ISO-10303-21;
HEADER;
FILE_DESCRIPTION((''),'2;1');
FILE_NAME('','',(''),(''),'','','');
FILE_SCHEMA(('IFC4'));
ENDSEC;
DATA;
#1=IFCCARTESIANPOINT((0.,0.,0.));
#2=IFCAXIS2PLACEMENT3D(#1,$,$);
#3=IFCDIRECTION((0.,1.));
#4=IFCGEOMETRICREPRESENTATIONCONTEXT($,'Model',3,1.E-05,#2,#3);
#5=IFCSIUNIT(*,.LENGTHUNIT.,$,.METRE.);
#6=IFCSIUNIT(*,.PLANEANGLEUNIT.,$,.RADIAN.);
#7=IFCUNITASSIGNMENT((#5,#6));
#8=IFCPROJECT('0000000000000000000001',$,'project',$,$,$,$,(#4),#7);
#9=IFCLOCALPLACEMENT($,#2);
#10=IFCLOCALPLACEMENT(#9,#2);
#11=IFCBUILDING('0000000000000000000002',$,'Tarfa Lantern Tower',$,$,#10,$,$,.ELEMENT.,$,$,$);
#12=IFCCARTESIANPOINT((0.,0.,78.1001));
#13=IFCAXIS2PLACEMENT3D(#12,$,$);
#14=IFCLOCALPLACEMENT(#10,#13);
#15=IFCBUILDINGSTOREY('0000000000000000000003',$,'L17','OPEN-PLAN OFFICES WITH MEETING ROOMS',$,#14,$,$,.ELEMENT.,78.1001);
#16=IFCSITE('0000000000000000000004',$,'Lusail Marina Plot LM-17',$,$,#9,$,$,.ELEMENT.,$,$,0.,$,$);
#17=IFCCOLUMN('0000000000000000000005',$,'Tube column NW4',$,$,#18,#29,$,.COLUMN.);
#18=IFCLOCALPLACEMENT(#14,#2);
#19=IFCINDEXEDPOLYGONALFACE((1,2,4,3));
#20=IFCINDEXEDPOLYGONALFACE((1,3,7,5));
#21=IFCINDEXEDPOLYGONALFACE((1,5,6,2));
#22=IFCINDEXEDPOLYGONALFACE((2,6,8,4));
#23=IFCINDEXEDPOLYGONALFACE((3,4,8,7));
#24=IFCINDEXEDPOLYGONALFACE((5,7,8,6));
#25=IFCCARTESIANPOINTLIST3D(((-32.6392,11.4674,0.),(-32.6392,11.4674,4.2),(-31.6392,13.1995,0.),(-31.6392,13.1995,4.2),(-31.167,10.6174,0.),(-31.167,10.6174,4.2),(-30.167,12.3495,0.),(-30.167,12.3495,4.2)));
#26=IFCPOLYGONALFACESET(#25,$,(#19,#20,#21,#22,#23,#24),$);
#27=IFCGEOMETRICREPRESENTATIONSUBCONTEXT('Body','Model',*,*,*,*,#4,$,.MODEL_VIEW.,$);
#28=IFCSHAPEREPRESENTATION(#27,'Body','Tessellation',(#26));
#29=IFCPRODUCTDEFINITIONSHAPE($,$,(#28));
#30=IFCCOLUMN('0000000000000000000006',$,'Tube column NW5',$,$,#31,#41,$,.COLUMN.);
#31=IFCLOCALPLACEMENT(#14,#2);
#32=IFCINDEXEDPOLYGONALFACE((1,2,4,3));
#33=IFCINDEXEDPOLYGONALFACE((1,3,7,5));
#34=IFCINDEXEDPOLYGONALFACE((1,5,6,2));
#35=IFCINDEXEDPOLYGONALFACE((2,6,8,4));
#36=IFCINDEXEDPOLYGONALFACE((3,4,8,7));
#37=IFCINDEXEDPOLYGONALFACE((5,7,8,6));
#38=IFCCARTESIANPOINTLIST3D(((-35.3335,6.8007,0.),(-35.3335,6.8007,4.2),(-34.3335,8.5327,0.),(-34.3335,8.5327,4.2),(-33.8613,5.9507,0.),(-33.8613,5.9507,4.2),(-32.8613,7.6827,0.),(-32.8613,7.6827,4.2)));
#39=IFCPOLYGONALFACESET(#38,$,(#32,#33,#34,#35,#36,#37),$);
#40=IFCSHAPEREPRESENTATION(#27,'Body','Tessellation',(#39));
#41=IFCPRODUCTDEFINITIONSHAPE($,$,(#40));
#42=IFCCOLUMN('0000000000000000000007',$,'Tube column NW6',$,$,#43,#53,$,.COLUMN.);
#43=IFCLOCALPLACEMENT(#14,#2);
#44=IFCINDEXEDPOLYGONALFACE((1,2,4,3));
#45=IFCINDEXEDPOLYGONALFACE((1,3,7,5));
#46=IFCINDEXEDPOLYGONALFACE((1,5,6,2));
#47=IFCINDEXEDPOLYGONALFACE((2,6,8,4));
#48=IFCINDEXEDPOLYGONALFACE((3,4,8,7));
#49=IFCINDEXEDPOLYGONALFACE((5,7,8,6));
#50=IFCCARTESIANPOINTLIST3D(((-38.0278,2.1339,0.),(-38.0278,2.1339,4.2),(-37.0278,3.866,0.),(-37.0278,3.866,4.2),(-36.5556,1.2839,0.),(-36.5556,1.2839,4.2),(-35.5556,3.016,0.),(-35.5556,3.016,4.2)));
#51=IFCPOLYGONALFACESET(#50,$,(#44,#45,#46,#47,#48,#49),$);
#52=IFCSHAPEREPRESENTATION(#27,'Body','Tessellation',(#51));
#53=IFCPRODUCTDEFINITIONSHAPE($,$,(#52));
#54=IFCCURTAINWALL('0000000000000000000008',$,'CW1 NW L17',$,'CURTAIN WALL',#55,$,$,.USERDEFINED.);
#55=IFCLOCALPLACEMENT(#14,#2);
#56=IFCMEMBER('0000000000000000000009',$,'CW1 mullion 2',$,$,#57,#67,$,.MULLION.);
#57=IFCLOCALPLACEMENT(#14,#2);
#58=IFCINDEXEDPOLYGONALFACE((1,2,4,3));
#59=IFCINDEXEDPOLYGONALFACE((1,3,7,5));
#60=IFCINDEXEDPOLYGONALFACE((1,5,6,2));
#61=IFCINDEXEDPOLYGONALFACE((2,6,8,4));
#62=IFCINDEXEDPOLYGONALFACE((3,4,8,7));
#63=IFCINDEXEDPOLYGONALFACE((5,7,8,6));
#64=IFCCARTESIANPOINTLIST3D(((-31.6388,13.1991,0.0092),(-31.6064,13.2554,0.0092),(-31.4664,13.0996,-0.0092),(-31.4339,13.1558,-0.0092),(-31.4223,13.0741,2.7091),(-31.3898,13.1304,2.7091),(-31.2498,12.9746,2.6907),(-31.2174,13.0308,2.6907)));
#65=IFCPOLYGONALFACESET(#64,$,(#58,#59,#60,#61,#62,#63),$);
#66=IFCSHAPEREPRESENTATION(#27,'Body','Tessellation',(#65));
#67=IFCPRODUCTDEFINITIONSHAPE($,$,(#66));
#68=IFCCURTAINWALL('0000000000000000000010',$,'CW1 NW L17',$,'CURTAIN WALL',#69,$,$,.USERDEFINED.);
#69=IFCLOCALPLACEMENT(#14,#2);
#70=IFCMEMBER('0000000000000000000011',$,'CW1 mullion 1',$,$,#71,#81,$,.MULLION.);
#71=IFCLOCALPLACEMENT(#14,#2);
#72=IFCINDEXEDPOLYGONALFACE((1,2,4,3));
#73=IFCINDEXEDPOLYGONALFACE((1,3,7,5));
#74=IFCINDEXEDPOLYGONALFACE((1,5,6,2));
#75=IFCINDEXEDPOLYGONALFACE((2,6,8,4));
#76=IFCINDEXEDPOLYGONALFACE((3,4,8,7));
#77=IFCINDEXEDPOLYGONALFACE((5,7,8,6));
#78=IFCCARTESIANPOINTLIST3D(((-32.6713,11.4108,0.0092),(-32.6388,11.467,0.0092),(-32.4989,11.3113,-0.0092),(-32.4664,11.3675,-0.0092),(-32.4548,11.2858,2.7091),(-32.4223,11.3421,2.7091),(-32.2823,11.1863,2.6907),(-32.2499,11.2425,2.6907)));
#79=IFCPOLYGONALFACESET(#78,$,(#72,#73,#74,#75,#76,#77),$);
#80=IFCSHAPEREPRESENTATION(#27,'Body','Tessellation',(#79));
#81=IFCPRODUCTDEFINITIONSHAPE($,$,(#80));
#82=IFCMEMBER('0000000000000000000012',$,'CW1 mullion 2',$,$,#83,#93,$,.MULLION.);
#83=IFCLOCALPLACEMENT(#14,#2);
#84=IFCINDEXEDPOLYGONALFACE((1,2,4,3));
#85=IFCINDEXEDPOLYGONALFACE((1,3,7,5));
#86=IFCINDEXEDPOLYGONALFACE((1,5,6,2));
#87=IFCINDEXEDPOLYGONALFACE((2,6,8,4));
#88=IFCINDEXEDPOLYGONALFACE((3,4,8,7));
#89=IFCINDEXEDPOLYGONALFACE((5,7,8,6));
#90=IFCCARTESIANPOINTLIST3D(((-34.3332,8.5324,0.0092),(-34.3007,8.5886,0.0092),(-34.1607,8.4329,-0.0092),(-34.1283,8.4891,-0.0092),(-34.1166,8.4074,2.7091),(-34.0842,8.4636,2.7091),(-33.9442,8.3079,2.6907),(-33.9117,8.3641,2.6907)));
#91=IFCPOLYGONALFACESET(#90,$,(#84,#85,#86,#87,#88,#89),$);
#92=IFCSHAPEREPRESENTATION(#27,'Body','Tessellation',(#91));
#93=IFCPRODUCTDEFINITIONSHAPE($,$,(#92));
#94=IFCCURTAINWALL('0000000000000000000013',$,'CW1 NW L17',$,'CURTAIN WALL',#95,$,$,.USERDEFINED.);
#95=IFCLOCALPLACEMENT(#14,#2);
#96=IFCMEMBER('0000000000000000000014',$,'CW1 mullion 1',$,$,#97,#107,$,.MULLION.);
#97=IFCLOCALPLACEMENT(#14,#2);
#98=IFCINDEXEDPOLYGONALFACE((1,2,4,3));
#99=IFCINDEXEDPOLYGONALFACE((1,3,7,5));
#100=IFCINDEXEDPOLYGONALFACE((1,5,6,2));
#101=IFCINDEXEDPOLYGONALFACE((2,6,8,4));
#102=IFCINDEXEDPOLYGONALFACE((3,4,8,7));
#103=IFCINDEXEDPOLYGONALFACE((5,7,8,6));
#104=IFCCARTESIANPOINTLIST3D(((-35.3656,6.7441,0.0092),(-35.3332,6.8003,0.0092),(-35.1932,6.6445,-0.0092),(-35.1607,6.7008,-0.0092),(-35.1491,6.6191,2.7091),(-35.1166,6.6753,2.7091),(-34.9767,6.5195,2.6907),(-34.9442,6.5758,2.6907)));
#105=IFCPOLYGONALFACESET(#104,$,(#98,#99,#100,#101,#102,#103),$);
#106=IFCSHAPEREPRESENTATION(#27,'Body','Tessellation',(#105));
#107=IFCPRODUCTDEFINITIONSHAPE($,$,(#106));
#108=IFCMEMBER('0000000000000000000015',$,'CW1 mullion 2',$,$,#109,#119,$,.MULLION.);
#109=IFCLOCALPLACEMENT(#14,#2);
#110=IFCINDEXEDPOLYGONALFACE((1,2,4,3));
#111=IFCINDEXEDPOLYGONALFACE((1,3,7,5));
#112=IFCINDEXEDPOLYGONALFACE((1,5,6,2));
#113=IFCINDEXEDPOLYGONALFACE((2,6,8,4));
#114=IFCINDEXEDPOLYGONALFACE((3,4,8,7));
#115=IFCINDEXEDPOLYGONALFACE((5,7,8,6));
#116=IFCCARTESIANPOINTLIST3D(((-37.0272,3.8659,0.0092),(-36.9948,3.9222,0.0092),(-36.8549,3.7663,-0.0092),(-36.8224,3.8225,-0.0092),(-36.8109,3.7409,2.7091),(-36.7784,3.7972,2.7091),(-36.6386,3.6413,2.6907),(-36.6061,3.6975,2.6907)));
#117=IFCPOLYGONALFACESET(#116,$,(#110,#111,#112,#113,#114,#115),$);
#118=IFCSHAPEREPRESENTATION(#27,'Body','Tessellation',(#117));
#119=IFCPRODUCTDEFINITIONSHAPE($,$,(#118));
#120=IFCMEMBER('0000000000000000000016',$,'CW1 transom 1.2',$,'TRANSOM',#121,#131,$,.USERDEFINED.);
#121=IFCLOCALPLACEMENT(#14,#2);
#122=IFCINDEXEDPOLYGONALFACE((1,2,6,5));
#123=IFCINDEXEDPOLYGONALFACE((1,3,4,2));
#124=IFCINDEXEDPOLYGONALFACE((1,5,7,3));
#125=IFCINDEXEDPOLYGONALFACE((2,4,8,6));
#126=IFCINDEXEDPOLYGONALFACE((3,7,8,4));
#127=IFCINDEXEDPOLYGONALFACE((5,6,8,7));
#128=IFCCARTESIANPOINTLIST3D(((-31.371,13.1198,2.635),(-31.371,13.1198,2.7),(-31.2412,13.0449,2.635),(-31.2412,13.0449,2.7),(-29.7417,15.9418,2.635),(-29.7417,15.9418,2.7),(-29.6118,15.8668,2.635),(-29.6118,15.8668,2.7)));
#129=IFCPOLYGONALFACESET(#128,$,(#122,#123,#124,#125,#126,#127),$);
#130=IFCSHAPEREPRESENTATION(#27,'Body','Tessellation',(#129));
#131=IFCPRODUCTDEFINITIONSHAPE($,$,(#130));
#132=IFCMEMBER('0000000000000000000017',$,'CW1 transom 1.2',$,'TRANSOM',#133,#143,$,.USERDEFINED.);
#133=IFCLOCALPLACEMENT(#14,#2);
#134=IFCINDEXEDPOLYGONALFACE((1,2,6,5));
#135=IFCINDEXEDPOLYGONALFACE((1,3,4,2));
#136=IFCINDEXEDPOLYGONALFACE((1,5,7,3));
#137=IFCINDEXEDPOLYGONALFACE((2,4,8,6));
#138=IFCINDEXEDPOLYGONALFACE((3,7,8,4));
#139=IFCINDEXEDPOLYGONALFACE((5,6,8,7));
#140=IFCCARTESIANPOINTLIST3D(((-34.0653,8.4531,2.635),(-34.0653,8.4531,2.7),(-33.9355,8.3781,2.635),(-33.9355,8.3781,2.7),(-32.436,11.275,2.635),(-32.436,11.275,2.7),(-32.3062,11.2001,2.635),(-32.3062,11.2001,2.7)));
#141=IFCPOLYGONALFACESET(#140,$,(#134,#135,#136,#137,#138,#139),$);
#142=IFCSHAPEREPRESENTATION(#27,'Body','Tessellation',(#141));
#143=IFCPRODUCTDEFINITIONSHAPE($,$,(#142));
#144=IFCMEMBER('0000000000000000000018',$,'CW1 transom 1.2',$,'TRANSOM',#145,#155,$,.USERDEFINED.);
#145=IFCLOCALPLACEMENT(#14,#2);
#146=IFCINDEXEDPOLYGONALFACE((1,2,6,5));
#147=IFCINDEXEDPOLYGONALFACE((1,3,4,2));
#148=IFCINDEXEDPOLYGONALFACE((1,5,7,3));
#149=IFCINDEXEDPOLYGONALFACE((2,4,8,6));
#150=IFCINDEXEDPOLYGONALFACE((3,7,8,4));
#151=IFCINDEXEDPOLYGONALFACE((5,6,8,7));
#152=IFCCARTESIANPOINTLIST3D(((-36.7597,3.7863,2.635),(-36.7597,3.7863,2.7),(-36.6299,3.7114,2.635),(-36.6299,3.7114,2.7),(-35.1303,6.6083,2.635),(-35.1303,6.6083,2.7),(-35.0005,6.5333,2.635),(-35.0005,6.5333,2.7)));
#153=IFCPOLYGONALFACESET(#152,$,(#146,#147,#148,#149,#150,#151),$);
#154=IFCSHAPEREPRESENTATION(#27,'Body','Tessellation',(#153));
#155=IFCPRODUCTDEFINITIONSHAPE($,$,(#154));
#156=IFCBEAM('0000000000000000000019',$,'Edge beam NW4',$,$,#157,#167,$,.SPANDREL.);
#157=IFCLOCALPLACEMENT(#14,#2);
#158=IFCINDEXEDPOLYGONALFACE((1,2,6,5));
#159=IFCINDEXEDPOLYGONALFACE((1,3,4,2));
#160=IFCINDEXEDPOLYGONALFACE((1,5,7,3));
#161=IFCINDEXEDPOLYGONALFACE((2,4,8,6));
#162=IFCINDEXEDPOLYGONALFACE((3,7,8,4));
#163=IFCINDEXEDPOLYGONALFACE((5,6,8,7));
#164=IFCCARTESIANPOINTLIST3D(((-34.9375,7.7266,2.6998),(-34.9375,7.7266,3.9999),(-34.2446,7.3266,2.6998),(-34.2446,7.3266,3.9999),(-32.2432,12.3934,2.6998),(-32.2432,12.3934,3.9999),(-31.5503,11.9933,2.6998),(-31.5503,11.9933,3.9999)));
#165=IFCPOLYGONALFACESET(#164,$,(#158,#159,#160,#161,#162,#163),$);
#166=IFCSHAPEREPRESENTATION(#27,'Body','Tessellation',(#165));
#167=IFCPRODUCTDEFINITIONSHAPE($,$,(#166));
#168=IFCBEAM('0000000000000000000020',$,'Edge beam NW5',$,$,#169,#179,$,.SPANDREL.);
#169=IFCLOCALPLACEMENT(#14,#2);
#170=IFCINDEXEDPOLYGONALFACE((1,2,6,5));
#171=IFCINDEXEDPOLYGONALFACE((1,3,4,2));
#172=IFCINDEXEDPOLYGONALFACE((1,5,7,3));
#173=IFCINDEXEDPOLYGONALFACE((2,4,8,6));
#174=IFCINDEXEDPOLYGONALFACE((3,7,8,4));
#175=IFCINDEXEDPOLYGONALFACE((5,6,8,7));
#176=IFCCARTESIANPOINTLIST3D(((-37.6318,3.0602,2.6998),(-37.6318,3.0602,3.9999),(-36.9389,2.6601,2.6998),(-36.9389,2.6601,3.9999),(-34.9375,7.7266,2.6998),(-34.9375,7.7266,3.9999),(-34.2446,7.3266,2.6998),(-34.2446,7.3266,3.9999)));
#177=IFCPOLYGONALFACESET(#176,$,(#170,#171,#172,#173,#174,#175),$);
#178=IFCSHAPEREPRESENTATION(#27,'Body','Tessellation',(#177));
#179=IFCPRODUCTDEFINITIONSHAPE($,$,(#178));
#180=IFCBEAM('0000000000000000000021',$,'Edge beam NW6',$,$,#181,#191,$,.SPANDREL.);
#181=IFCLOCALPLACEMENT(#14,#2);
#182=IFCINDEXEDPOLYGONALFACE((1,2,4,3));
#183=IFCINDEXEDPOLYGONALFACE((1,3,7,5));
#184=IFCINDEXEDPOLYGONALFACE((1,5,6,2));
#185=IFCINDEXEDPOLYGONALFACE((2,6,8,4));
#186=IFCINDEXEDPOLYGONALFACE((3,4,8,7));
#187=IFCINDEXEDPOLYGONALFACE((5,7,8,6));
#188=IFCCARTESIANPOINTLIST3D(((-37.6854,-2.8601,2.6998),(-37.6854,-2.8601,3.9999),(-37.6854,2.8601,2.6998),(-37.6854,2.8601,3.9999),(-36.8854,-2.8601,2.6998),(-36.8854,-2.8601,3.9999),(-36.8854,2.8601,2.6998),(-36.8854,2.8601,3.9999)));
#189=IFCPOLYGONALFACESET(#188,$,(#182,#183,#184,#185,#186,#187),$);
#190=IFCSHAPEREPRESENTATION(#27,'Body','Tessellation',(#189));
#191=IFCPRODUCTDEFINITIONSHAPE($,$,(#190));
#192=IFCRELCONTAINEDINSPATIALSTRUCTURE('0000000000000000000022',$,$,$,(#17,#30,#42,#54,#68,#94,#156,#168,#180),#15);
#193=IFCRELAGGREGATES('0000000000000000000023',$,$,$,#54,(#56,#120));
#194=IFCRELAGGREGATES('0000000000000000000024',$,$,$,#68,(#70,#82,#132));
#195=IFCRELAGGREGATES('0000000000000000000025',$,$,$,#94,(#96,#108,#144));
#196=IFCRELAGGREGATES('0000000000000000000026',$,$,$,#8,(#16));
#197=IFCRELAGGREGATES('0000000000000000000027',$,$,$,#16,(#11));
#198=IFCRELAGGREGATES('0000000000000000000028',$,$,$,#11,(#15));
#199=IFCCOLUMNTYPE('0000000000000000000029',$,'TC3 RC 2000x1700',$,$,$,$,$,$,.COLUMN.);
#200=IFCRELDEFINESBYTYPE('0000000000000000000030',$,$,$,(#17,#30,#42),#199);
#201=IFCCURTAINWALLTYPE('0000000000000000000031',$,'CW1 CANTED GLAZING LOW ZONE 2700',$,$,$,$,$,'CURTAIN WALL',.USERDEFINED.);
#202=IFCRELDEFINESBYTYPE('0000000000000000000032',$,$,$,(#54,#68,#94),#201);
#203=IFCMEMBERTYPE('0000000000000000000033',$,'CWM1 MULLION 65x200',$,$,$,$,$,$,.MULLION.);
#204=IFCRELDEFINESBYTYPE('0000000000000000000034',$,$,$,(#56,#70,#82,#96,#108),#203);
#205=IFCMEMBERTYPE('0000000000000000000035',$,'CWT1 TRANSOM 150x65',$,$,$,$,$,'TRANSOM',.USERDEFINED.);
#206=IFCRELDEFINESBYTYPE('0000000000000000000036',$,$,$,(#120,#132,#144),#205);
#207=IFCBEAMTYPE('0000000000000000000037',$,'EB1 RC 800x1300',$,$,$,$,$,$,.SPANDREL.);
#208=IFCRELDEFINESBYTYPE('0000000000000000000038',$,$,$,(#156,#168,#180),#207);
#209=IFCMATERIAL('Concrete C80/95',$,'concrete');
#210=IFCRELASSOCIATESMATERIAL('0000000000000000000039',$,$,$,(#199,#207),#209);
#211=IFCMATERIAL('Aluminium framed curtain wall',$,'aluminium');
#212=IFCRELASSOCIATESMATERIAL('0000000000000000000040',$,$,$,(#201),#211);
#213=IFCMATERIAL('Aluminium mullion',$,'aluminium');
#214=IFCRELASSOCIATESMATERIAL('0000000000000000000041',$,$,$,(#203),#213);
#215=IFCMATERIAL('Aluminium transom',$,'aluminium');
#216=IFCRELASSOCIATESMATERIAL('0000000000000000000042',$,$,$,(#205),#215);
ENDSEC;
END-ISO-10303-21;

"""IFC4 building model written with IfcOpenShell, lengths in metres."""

from ifc_helpers import new_model, si_unit, direction, frame, origin, origin_2d, place, context, subcontext, project, spatial, rectangle, extrude, material, material_profile, profile_set, type_object, element, aggregate, save


model = new_model("IFC4")

# Units and contexts
model_context = context("Model", 3, precision=1e-05, world=origin(), true_north=direction((0.0, 1.0)))
body_context = subcontext(model_context, "Body", "Model", "MODEL_VIEW")
ifc_project = project(units=[si_unit("LENGTHUNIT", "METRE"), si_unit("PLANEANGLEUNIT", "RADIAN")], contexts=[model_context])

# Site, building, storey
site_placement = place(None, origin())
site = spatial("IfcSite", under=ifc_project, at=site_placement, Name="Lusail Marina Plot LM-17", CompositionType="ELEMENT", RefElevation=0.0)
building_placement = place(site_placement, origin())
building = spatial("IfcBuilding", under=site, at=building_placement, Name="Tarfa Lantern Tower", CompositionType="ELEMENT")
storey_placement = place(building_placement, frame((0.0, 0.0, 78.1001)))
storey = spatial("IfcBuildingStorey", under=building, at=storey_placement, Name="L17", Description="OPEN-PLAN OFFICES WITH MEETING ROOMS", CompositionType="ELEMENT", Elevation=78.1001)

# Columns
ifc_material_1 = material(Name="Concrete C80/95", Category="concrete")
ifc_material_profile_1 = material_profile(ifc_material_1, rectangle(XDim=2.0, YDim=1.7, at=origin_2d()), Name="RC 2000x1700")
ifc_profile_set_1 = profile_set([ifc_material_profile_1], Name="Concrete C80/95")
column_type = type_object("IfcColumnType", Name="TC3 RC 2000x1700", PredefinedType="COLUMN", material=ifc_profile_set_1)
for number, where, z_axis, x_axis, name in (
    (1, (-31.4031, 11.9084, 0.0), (0.0, 0.0, 1.0), (-0.5, -0.866025, 0.0), "Tube column NW4"),
    (2, (-34.0974, 7.2417, 0.0), (0.0, 0.0, 1.0), (-0.5, -0.866025, 0.0), "Tube column NW5"),
    (3, (-36.7917, 2.575, 0.0), (0.0, 0.0, 1.0), (-0.5, -0.866025, 0.0), "Tube column NW6"),
):
    element("IfcColumn", number, at=place(storey_placement, frame(where, z_axis=z_axis, x_axis=x_axis)), inside=storey, type_object=column_type, Name=name, PredefinedType="COLUMN", context=body_context, shape_type="SweptSolid", body=[
        extrude(rectangle(XDim=2.0, YDim=1.7, at=origin_2d()), origin(), (0.0, 0.0, 1.0), 4.2),
    ])

# Curtain wall, member
ifc_material_2 = material(Name="Aluminium framed curtain wall", Category="aluminium")
curtain_wall_type = type_object("IfcCurtainWallType", Name="CW1 CANTED GLAZING LOW ZONE 2700", ElementType="CURTAIN WALL", PredefinedType="USERDEFINED", material=ifc_material_2)
curtain_wall_1_placement = place(storey_placement, origin())
curtain_wall_1 = element("IfcCurtainWall", 4, at=curtain_wall_1_placement, inside=storey, type_object=curtain_wall_type, Name="CW1 NW L17", ObjectType="CURTAIN WALL", PredefinedType="USERDEFINED")
ifc_material_3 = material(Name="Aluminium mullion", Category="aluminium")
ifc_material_profile_2 = material_profile(ifc_material_3, rectangle(XDim=0.0649, YDim=0.2, at=origin_2d()), Name="AL MULLION 65x200")
ifc_profile_set_2 = profile_set([ifc_material_profile_2], Name="Aluminium mullion")
member_type_1 = type_object("IfcMemberType", Name="CWM1 MULLION 65x200", PredefinedType="MULLION", material=ifc_profile_set_2)
member_1_placement = place(storey_placement, frame((-31.5364, 13.1775, 0.0), z_axis=(0.079864, -0.0461, 0.995739), x_axis=(0.49992, 0.866072, 0.0)))
member_1 = element("IfcMember", 5, at=member_1_placement, type_object=member_type_1, Name="CW1 mullion 2", PredefinedType="MULLION", context=body_context, shape_type="SweptSolid", body=[
    extrude(rectangle(XDim=0.0649, YDim=0.2, at=origin_2d()), origin(), (0.0, 0.0, 1.0), 2.7114),
])

# Curtain walls, members
curtain_wall_2_placement = place(storey_placement, origin())
curtain_wall_2 = element("IfcCurtainWall", 6, at=curtain_wall_2_placement, inside=storey, type_object=curtain_wall_type, Name="CW1 NW L17", ObjectType="CURTAIN WALL", PredefinedType="USERDEFINED")
member_2_placement = place(storey_placement, frame((-32.5688, 11.3892, 0.0), z_axis=(0.079864, -0.0461, 0.995739), x_axis=(0.49992, 0.866072, 0.0)))
member_2 = element("IfcMember", 7, at=member_2_placement, type_object=member_type_1, Name="CW1 mullion 1", PredefinedType="MULLION", context=body_context, shape_type="SweptSolid", body=[
    extrude(rectangle(XDim=0.0649, YDim=0.2, at=origin_2d()), origin(), (0.0, 0.0, 1.0), 2.7114),
])
member_3_placement = place(storey_placement, frame((-34.2307, 8.5107, 0.0), z_axis=(0.079864, -0.0461, 0.995739), x_axis=(0.49992, 0.866072, 0.0)))
member_3 = element("IfcMember", 8, at=member_3_placement, type_object=member_type_1, Name="CW1 mullion 2", PredefinedType="MULLION", context=body_context, shape_type="SweptSolid", body=[
    extrude(rectangle(XDim=0.0649, YDim=0.2, at=origin_2d()), origin(), (0.0, 0.0, 1.0), 2.7114),
])
curtain_wall_3_placement = place(storey_placement, origin())
curtain_wall_3 = element("IfcCurtainWall", 9, at=curtain_wall_3_placement, inside=storey, type_object=curtain_wall_type, Name="CW1 NW L17", ObjectType="CURTAIN WALL", PredefinedType="USERDEFINED")
member_4_placement = place(storey_placement, frame((-35.2632, 6.7224, 0.0), z_axis=(0.079864, -0.0461, 0.995739), x_axis=(0.49992, 0.866072, 0.0)))
member_4 = element("IfcMember", 10, at=member_4_placement, type_object=member_type_1, Name="CW1 mullion 1", PredefinedType="MULLION", context=body_context, shape_type="SweptSolid", body=[
    extrude(rectangle(XDim=0.0649, YDim=0.2, at=origin_2d()), origin(), (0.0, 0.0, 1.0), 2.7114),
])
member_5_placement = place(storey_placement, frame((-36.9248, 3.8442, 0.0), z_axis=(0.079775, -0.0461, 0.995746), x_axis=(0.500343, 0.865827, 0.0)))
member_5 = element("IfcMember", 11, at=member_5_placement, type_object=member_type_1, Name="CW1 mullion 2", PredefinedType="MULLION", context=body_context, shape_type="SweptSolid", body=[
    extrude(rectangle(XDim=0.0649, YDim=0.2, at=origin_2d()), origin(), (0.0, 0.0, 1.0), 2.7114),
])

# Members
ifc_material_4 = material(Name="Aluminium transom", Category="aluminium")
ifc_material_profile_3 = material_profile(ifc_material_4, rectangle(XDim=0.1499, YDim=0.0649, at=origin_2d()), Name="AL TRANSOM 150x65")
ifc_profile_set_3 = profile_set([ifc_material_profile_3], Name="Aluminium transom")
member_type_2 = type_object("IfcMemberType", Name="CWT1 TRANSOM 150x65", ElementType="TRANSOM", PredefinedType="USERDEFINED", material=ifc_profile_set_3)
member_6_placement = place(storey_placement, frame((-29.6768, 15.9043, 2.6675), z_axis=(-0.500023, -0.866012, 0.0), x_axis=(0.866012, -0.500023, 0.0)))
member_6 = element("IfcMember", 12, at=member_6_placement, type_object=member_type_2, Name="CW1 transom 1.2", ObjectType="TRANSOM", PredefinedType="USERDEFINED", context=body_context, shape_type="SweptSolid", body=[
    extrude(rectangle(XDim=0.1499, YDim=0.0649, at=origin_2d()), origin(), (0.0, 0.0, 1.0), 3.2585),
])
member_7_placement = place(storey_placement, frame((-32.3711, 11.2375, 2.6675), z_axis=(-0.500023, -0.866012, 0.0), x_axis=(0.866012, -0.500023, 0.0)))
member_7 = element("IfcMember", 13, at=member_7_placement, type_object=member_type_2, Name="CW1 transom 1.2", ObjectType="TRANSOM", PredefinedType="USERDEFINED", context=body_context, shape_type="SweptSolid", body=[
    extrude(rectangle(XDim=0.1499, YDim=0.0649, at=origin_2d()), origin(), (0.0, 0.0, 1.0), 3.2585),
])
member_8_placement = place(storey_placement, frame((-35.0654, 6.5708, 2.6675), z_axis=(-0.500023, -0.866012, 0.0), x_axis=(0.866012, -0.500023, 0.0)))
member_8 = element("IfcMember", 14, at=member_8_placement, type_object=member_type_2, Name="CW1 transom 1.2", ObjectType="TRANSOM", PredefinedType="USERDEFINED", context=body_context, shape_type="SweptSolid", body=[
    extrude(rectangle(XDim=0.1499, YDim=0.0649, at=origin_2d()), origin(), (0.0, 0.0, 1.0), 3.2585),
])

# Beams
ifc_material_profile_4 = material_profile(ifc_material_1, rectangle(XDim=0.8, YDim=1.3, at=origin_2d()), Name="RC 800x1300")
ifc_profile_set_4 = profile_set([ifc_material_profile_4], Name="Concrete C80/95")
beam_type_1 = type_object("IfcBeamType", Name="EB1 RC 800x1300", PredefinedType="SPANDREL", material=ifc_profile_set_4)
beam_1_placement = place(storey_placement, frame((-31.8967, 12.1934, 3.3499), z_axis=(-0.499998, -0.866026, 0.0), x_axis=(0.866026, -0.499998, 0.0)))
element("IfcBeam", 15, at=beam_1_placement, inside=storey, type_object=beam_type_1, Name="Edge beam NW4", PredefinedType="SPANDREL", context=body_context, shape_type="SweptSolid", body=[
    extrude(rectangle(XDim=0.8, YDim=1.3, at=origin_2d()), origin(), (0.0, 0.0, 1.0), 5.3887),
])
beam_2_placement = place(storey_placement, frame((-34.5911, 7.5266, 3.3499), z_axis=(-0.500018, -0.866015, 0.0), x_axis=(0.866015, -0.500018, 0.0)))
element("IfcBeam", 16, at=beam_2_placement, inside=storey, type_object=beam_type_1, Name="Edge beam NW5", PredefinedType="SPANDREL", context=body_context, shape_type="SweptSolid", body=[
    extrude(rectangle(XDim=0.8, YDim=1.3, at=origin_2d()), origin(), (0.0, 0.0, 1.0), 5.3884),
])
beam_3_placement = place(storey_placement, frame((-37.2854, 2.8601, 3.3499), z_axis=(0.0, -1.0, 0.0), x_axis=(1.0, 0.0, 0.0)))
element("IfcBeam", 17, at=beam_3_placement, inside=storey, type_object=beam_type_1, Name="Edge beam NW6", PredefinedType="SPANDREL", context=body_context, shape_type="SweptSolid", body=[
    extrude(rectangle(XDim=0.8, YDim=1.3, at=origin_2d()), origin(), (0.0, 0.0, 1.0), 5.7202),
])

aggregate(curtain_wall_1, [member_1, member_6])
aggregate(curtain_wall_2, [member_2, member_3, member_7])
aggregate(curtain_wall_3, [member_4, member_5, member_8])

save(model, "model.ifc")
